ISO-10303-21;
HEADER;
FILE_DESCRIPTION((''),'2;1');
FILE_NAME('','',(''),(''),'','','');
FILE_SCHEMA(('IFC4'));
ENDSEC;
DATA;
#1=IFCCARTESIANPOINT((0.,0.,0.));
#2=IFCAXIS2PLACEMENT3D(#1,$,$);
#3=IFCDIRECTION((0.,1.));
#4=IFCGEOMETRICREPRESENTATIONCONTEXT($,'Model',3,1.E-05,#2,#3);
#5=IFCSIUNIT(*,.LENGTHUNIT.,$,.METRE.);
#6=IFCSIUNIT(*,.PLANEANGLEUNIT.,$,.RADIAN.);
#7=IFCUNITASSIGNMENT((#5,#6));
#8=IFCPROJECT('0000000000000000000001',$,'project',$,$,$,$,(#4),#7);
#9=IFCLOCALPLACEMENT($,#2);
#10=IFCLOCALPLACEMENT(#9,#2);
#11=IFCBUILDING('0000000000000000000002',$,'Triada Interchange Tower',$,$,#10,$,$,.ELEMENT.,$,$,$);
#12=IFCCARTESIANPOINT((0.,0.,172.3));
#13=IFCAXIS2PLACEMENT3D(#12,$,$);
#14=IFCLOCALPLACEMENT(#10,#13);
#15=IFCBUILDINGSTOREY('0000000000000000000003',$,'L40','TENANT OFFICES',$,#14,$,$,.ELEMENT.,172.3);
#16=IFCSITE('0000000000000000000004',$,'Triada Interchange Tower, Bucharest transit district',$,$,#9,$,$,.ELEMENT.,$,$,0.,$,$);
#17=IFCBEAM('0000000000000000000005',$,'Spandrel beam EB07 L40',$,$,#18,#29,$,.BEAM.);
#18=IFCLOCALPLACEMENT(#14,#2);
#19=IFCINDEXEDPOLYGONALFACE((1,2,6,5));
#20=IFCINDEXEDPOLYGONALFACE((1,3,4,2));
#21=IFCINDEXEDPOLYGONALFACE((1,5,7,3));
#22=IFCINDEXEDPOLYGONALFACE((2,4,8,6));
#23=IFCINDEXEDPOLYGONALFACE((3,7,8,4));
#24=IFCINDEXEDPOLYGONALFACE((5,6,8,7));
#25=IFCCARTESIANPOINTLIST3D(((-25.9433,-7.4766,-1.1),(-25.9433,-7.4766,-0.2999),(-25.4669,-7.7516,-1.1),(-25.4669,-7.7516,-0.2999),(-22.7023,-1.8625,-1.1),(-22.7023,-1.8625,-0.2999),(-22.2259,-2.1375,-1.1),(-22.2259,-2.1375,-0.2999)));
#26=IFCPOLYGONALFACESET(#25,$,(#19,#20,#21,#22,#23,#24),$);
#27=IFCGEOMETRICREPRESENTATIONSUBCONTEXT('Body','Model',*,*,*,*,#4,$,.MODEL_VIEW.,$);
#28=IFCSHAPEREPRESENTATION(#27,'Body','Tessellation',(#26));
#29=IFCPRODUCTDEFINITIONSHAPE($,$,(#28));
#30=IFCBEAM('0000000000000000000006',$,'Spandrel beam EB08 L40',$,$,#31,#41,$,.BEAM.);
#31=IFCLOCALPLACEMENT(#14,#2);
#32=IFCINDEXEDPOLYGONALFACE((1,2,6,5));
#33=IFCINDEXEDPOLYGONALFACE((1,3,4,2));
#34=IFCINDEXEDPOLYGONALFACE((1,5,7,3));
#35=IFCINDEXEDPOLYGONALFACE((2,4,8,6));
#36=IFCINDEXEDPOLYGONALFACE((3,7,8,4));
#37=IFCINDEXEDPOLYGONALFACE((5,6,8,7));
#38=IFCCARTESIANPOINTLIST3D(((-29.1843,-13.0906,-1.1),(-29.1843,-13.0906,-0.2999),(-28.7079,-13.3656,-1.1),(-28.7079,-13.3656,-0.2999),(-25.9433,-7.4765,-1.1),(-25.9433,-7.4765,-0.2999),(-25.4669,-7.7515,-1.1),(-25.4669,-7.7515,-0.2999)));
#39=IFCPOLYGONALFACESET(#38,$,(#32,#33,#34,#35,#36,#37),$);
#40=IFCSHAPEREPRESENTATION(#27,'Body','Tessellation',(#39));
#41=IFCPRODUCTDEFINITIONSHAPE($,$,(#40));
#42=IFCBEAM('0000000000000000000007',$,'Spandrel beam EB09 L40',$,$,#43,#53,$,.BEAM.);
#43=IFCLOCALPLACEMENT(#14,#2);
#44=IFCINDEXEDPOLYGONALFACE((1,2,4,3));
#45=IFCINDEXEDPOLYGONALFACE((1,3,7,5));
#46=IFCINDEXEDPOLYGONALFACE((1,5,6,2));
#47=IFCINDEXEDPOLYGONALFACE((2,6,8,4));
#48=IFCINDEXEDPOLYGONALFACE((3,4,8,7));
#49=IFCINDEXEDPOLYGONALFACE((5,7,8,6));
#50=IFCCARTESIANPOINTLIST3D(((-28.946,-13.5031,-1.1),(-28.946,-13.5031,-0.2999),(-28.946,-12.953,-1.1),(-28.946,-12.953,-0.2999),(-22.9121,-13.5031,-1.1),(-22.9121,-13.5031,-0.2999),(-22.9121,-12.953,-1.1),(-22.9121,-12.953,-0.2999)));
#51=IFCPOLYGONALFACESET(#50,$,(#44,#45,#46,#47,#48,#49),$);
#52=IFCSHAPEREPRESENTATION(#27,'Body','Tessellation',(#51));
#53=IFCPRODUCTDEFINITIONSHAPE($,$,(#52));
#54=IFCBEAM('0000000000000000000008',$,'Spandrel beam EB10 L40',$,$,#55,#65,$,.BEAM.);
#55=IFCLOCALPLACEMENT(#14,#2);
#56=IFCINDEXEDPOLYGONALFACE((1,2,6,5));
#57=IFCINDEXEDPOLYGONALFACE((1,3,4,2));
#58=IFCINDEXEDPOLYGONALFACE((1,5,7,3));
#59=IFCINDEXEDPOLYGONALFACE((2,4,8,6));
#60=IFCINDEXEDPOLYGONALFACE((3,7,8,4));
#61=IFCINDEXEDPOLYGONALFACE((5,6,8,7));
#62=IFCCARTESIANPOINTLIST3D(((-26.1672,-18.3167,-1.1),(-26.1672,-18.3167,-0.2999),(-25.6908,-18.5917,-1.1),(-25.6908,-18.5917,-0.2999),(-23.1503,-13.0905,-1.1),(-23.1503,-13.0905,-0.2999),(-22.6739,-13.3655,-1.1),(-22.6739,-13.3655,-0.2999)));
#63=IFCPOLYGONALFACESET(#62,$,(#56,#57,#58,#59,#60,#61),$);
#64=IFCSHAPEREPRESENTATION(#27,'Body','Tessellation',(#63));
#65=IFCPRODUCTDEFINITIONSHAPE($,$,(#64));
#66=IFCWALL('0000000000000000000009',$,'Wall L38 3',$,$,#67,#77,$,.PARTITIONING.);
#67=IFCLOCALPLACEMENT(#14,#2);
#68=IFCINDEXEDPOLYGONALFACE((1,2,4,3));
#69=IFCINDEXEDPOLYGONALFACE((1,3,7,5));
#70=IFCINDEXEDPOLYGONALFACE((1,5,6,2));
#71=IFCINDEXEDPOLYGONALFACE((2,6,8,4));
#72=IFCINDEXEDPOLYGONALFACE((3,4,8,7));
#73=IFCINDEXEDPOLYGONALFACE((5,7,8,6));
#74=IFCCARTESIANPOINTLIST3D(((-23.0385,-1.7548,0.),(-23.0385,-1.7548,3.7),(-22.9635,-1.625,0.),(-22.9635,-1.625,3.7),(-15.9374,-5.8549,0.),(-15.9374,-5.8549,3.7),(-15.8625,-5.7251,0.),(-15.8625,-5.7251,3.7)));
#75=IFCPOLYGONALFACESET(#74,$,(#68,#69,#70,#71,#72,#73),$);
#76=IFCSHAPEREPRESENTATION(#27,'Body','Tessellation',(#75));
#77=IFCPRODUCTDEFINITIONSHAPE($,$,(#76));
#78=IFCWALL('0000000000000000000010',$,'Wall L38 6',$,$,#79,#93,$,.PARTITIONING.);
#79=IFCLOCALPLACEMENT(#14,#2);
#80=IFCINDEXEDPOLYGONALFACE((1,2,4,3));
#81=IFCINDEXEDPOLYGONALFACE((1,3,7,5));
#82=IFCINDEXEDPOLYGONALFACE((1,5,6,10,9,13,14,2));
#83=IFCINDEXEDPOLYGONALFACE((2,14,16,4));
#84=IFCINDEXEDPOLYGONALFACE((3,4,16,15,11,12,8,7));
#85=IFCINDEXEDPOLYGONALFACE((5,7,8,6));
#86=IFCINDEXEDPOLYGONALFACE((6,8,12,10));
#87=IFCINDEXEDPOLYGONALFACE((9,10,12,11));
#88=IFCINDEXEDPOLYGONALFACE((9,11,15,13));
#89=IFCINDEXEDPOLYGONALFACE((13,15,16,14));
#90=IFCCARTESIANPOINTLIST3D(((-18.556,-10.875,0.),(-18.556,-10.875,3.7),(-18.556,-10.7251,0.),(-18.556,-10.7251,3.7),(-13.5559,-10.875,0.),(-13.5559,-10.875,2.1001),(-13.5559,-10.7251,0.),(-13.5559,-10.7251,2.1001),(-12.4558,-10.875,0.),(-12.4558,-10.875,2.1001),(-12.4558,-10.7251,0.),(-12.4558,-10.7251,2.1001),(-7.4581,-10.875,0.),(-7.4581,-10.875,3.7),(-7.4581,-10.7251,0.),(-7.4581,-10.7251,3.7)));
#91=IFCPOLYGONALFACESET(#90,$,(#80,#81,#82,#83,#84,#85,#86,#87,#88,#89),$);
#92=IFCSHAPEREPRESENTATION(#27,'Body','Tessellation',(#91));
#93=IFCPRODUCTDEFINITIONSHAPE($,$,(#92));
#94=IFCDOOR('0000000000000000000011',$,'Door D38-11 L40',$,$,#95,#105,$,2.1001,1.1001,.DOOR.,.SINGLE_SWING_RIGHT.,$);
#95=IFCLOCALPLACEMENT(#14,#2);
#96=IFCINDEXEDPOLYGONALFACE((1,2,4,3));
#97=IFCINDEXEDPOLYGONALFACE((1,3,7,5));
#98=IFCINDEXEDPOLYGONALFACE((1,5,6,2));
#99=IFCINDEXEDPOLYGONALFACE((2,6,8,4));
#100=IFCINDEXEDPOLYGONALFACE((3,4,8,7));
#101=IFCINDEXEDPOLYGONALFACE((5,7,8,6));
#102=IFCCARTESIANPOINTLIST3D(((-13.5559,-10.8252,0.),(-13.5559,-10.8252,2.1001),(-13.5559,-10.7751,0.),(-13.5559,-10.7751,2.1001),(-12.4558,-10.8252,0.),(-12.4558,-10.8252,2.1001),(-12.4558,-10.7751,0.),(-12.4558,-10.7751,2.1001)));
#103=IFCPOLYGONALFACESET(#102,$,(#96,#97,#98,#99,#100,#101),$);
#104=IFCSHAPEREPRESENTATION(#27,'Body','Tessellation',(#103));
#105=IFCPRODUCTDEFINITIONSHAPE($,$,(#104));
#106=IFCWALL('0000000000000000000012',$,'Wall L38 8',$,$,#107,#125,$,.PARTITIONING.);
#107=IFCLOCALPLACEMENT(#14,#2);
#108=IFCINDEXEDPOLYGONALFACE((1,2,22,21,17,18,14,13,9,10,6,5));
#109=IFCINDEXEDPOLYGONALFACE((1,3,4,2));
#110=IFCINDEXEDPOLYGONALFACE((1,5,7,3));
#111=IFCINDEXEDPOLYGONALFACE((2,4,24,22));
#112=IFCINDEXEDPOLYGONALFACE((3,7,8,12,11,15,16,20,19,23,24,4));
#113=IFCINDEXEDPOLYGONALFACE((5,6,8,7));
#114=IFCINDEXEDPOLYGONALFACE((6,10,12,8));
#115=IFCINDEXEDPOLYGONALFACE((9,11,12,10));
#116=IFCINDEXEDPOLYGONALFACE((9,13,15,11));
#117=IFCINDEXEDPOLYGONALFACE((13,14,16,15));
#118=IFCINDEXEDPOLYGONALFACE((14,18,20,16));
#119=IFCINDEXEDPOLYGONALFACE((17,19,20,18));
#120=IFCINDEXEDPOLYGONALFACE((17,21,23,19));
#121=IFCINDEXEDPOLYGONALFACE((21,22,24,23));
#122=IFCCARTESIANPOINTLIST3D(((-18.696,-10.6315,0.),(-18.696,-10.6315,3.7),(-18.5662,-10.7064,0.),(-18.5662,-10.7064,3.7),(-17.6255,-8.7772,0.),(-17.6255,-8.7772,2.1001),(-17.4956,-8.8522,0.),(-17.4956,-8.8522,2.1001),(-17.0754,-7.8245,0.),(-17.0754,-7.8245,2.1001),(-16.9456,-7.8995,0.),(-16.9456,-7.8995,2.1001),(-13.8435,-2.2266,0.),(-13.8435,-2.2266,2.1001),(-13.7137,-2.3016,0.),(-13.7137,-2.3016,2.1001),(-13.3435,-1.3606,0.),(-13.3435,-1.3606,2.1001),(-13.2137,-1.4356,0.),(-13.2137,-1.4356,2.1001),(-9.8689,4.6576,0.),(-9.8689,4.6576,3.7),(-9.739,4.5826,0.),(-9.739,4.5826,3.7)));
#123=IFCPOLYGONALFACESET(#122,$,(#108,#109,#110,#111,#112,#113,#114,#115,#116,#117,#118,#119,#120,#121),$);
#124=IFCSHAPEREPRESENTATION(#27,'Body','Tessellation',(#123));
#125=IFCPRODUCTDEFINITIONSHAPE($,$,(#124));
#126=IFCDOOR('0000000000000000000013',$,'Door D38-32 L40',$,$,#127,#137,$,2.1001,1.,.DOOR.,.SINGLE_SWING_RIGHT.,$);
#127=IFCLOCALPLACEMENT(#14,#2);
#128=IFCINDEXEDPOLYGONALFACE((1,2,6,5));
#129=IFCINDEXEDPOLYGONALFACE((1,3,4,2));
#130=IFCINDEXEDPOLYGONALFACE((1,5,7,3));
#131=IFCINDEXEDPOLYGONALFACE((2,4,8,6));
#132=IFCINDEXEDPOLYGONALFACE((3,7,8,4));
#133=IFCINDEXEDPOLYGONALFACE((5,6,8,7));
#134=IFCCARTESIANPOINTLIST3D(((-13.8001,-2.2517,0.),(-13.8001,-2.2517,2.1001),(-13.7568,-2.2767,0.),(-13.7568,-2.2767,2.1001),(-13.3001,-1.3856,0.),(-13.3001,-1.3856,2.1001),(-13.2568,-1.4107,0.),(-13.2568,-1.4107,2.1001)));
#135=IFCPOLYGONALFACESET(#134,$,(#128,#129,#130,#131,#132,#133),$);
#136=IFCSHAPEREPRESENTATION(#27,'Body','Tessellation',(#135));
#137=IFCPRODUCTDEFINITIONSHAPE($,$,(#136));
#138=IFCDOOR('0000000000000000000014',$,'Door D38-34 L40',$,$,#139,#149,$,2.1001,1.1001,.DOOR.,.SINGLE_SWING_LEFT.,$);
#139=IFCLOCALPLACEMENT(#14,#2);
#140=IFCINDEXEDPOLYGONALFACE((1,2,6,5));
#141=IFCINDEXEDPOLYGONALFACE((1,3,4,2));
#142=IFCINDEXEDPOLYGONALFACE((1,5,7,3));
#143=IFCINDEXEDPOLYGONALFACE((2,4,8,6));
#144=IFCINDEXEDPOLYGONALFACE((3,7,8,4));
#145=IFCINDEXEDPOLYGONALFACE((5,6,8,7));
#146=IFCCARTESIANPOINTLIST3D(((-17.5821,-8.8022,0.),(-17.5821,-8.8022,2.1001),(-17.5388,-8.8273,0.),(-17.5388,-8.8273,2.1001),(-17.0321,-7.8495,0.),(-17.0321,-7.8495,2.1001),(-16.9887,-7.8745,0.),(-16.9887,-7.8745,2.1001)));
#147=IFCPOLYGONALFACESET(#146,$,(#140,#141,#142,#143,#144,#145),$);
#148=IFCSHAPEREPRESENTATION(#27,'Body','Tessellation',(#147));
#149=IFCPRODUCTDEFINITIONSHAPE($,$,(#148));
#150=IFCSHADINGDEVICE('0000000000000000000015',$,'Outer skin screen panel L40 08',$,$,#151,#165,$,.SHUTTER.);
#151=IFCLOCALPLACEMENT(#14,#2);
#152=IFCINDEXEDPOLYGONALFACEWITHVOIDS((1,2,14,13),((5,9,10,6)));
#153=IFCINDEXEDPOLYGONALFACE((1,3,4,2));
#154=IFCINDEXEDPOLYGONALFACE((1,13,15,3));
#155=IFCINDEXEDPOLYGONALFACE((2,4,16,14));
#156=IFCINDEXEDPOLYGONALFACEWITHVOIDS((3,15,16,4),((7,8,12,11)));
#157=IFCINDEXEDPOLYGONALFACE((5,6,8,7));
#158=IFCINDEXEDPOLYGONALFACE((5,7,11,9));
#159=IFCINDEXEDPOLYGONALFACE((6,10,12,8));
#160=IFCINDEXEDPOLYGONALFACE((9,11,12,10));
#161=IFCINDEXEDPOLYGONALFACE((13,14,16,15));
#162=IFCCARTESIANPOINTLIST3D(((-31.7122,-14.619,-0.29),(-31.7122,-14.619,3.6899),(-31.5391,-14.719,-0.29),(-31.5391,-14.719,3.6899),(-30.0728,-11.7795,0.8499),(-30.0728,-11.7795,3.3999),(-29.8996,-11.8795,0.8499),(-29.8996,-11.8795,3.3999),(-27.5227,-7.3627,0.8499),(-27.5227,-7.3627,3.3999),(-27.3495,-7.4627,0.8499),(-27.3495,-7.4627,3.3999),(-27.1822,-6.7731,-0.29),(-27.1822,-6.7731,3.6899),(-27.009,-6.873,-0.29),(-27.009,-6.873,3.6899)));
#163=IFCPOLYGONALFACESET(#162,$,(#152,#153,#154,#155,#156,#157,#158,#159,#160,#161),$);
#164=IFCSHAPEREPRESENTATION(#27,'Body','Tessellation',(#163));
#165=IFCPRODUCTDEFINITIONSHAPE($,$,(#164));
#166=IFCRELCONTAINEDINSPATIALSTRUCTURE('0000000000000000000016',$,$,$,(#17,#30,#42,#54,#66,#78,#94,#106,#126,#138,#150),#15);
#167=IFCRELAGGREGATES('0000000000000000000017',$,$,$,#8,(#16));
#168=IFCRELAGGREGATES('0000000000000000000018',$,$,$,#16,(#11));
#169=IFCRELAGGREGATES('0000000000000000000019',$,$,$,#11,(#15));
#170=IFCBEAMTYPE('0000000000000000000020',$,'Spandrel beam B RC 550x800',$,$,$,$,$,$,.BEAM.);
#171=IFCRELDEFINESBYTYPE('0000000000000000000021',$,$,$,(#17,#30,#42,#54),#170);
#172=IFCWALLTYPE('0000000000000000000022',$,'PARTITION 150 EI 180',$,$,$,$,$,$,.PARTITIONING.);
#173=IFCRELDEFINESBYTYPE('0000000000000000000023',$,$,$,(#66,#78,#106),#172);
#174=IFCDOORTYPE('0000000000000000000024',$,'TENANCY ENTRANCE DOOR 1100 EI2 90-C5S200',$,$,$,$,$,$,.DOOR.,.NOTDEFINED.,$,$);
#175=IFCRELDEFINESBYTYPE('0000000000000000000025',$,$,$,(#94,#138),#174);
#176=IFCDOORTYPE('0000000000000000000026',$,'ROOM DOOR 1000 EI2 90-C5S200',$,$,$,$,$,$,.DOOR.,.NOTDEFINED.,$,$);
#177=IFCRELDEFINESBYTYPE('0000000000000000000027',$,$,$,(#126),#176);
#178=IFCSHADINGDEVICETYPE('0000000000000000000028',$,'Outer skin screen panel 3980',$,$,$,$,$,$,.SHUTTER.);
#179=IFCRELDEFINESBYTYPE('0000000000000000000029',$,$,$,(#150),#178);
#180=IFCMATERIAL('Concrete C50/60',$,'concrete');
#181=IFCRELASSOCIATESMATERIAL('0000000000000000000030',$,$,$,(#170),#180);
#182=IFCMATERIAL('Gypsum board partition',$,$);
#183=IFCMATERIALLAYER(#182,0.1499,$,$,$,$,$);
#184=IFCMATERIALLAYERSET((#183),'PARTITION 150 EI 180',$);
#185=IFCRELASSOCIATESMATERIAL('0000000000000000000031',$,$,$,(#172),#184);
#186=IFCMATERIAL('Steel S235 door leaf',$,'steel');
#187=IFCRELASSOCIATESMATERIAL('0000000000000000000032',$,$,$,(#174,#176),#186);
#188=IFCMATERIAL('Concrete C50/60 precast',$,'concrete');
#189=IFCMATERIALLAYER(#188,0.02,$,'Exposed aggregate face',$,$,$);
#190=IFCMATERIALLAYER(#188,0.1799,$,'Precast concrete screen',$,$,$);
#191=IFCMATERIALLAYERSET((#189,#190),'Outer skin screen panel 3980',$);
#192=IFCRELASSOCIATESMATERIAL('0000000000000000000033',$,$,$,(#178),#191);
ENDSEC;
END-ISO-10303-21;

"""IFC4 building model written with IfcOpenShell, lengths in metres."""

from ifc_helpers import new_model, si_unit, direction, frame, frame_2d, origin, origin_2d, place, context, subcontext, project, spatial, polyline, rectangle, outline, extrude, material, layer, layer_set, material_profile, profile_set, type_object, element, fill, save


model = new_model("IFC4")

# Units and contexts
model_context = context("Model", 3, precision=1e-05, world=origin(), true_north=direction((0.0, 1.0)))
body_context = subcontext(model_context, "Body", "Model", "MODEL_VIEW")
ifc_project = project(units=[si_unit("LENGTHUNIT", "METRE"), si_unit("PLANEANGLEUNIT", "RADIAN")], contexts=[model_context])

# Site, building, storey
site_placement = place(None, origin())
site = spatial("IfcSite", under=ifc_project, at=site_placement, Name="Triada Interchange Tower, Bucharest transit district", CompositionType="ELEMENT", RefElevation=0.0)
building_placement = place(site_placement, origin())
building = spatial("IfcBuilding", under=site, at=building_placement, Name="Triada Interchange Tower", CompositionType="ELEMENT")
storey_placement = place(building_placement, frame((0.0, 0.0, 172.3)))
storey = spatial("IfcBuildingStorey", under=building, at=storey_placement, Name="L40", Description="TENANT OFFICES", CompositionType="ELEMENT", Elevation=172.3)

# Beams
ifc_material_1 = material(Name="Concrete C50/60", Category="concrete")
ifc_material_profile_1 = material_profile(ifc_material_1, rectangle(XDim=0.55, YDim=0.8, at=origin_2d()), Name="RC 550x800")
ifc_profile_set_1 = profile_set([ifc_material_profile_1], Name="Concrete C50/60")
beam_type_1 = type_object("IfcBeamType", Name="Spandrel beam B RC 550x800", PredefinedType="BEAM", material=ifc_profile_set_1)
for number, where, z_axis, x_axis, name in (
    (1, (-22.4641, -2.0, -0.7), (-0.499967, -0.866044, 0.0), (0.866044, -0.499967, 0.0), "Spandrel beam EB07 L40"),
    (2, (-25.7051, -7.614, -0.7), (-0.499967, -0.866044, 0.0), (0.866044, -0.499967, 0.0), "Spandrel beam EB08 L40"),
):
    element("IfcBeam", number, at=place(storey_placement, frame(where, z_axis=z_axis, x_axis=x_axis)), inside=storey, type_object=beam_type_1, Name=name, PredefinedType="BEAM", context=body_context, shape_type="SweptSolid", body=[
        extrude(rectangle(XDim=0.55, YDim=0.8, at=origin_2d()), origin(), (0.0, 0.0, 1.0), 6.4824),
    ])
beam_1_placement = place(storey_placement, frame((-28.946, -13.228, -0.7), z_axis=(1.0, 0.0, 0.0), x_axis=(0.0, 1.0, 0.0)))
element("IfcBeam", 3, at=beam_1_placement, inside=storey, type_object=beam_type_1, Name="Spandrel beam EB09 L40", PredefinedType="BEAM", context=body_context, shape_type="SweptSolid", body=[
    extrude(rectangle(XDim=0.55, YDim=0.8, at=origin_2d()), origin(), (0.0, 0.0, 1.0), 6.0339),
])
beam_2_placement = place(storey_placement, frame((-22.9121, -13.228, -0.7), z_axis=(-0.499947, -0.866056, 0.0), x_axis=(0.866056, -0.499947, 0.0)))
element("IfcBeam", 4, at=beam_2_placement, inside=storey, type_object=beam_type_1, Name="Spandrel beam EB10 L40", PredefinedType="BEAM", context=body_context, shape_type="SweptSolid", body=[
    extrude(rectangle(XDim=0.55, YDim=0.8, at=origin_2d()), origin(), (0.0, 0.0, 1.0), 6.0344),
])

# Wall
ifc_material_2 = material(Name="Gypsum board partition")
ifc_layer_1 = layer(ifc_material_2, 0.1499)
ifc_layer_set_1 = layer_set([ifc_layer_1], Name="PARTITION 150 EI 180")
wall_type = type_object("IfcWallType", Name="PARTITION 150 EI 180", PredefinedType="PARTITIONING", material=ifc_layer_set_1)
wall_1_placement = place(storey_placement, frame((-23.001, -1.6899, 0.0), z_axis=(0.0, 0.0, 1.0), x_axis=(0.86601, -0.500027, 0.0)))
element("IfcWall", 5, at=wall_1_placement, inside=storey, type_object=wall_type, Name="Wall L38 3", PredefinedType="PARTITIONING", context=body_context, shape_type="SweptSolid", body=[
    extrude(rectangle(XDim=8.1997, YDim=0.1499, at=frame_2d((4.0999, 0.0))), origin(), (0.0, 0.0, 1.0), 3.7),
])

# Wall, opening, door
wall_2_placement = place(storey_placement, frame((-18.5559, -10.8, 0.0), z_axis=(0.0, 0.0, 1.0), x_axis=(1.0, 0.0, 0.0)))
wall_2 = element("IfcWall", 6, at=wall_2_placement, inside=storey, type_object=wall_type, Name="Wall L38 6", PredefinedType="PARTITIONING", context=body_context, shape_type="SweptSolid", body=[
    extrude(rectangle(XDim=11.0979, YDim=0.1499, at=frame_2d((5.5488, 0.0))), origin(), (0.0, 0.0, 1.0), 3.7),
])
opening_1_placement = place(wall_2_placement, frame((5.0, 0.0, 0.0)))
opening_1 = element("IfcOpeningElement", 7, at=opening_1_placement, cuts=wall_2, PredefinedType="OPENING", context=body_context, shape_type="SweptSolid", body=[
    extrude(rectangle(XDim=1.1001, YDim=2.1001, at=frame_2d((0.55, 1.05))), frame((0.0, 0.085, 0.0), z_axis=(0.0, -1.0, 0.0), x_axis=(1.0, 0.0, 0.0)), (0.0, 0.0, 1.0), 0.1699),
])
ifc_material_3 = material(Name="Steel S235 door leaf", Category="steel")
door_type_1 = type_object("IfcDoorType", Name="TENANCY ENTRANCE DOOR 1100 EI2 90-C5S200", OperationType="NOTDEFINED", PredefinedType="DOOR", material=ifc_material_3)
door_1_placement = place(opening_1_placement, origin())
door_1 = element("IfcDoor", 8, at=door_1_placement, inside=storey, type_object=door_type_1, Name="Door D38-11 L40", OperationType="SINGLE_SWING_RIGHT", OverallHeight=2.1001, OverallWidth=1.1001, PredefinedType="DOOR", context=body_context, shape_type="SweptSolid", body=[
    extrude(rectangle(XDim=1.1001, YDim=2.1001, at=frame_2d((0.55, 1.05))), frame((0.0, 0.0249, 0.0), z_axis=(0.0, -1.0, 0.0), x_axis=(1.0, 0.0, 0.0)), (0.0, 0.0, 1.0), 0.05),
])
fill(opening_1, door_1)

# Wall, openings, doors
wall_3_placement = place(storey_placement, frame((-18.6311, -10.6689, 0.0), z_axis=(0.0, 0.0, 1.0), x_axis=(0.5, 0.866025, 0.0)))
wall_3 = element("IfcWall", 9, at=wall_3_placement, inside=storey, type_object=wall_type, Name="Wall L38 8", PredefinedType="PARTITIONING", context=body_context, shape_type="SweptSolid", body=[
    extrude(rectangle(XDim=17.6543, YDim=0.1499, at=frame_2d((8.8271, 0.0))), origin(), (0.0, 0.0, 1.0), 3.7),
])
opening_2_placement = place(wall_3_placement, frame((9.7051, 0.0, 0.0)))
opening_2 = element("IfcOpeningElement", 10, at=opening_2_placement, cuts=wall_3, PredefinedType="OPENING", context=body_context, shape_type="SweptSolid", body=[
    extrude(rectangle(XDim=1.0, YDim=2.1001, at=frame_2d((0.5, 1.05))), frame((0.0, 0.085, 0.0), z_axis=(0.0, -1.0, 0.0), x_axis=(1.0, 0.0, 0.0)), (0.0, 0.0, 1.0), 0.1699),
])
opening_3_placement = place(wall_3_placement, frame((2.1411, 0.0, 0.0)))
opening_3 = element("IfcOpeningElement", 11, at=opening_3_placement, cuts=wall_3, PredefinedType="OPENING", context=body_context, shape_type="SweptSolid", body=[
    extrude(rectangle(XDim=1.1001, YDim=2.1001, at=frame_2d((0.55, 1.05))), frame((0.0, 0.085, 0.0), z_axis=(0.0, -1.0, 0.0), x_axis=(1.0, 0.0, 0.0)), (0.0, 0.0, 1.0), 0.1699),
])
door_type_2 = type_object("IfcDoorType", Name="ROOM DOOR 1000 EI2 90-C5S200", OperationType="NOTDEFINED", PredefinedType="DOOR", material=ifc_material_3)
door_2_placement = place(opening_2_placement, origin())
door_2 = element("IfcDoor", 12, at=door_2_placement, inside=storey, type_object=door_type_2, Name="Door D38-32 L40", OperationType="SINGLE_SWING_RIGHT", OverallHeight=2.1001, OverallWidth=1.0, PredefinedType="DOOR", context=body_context, shape_type="SweptSolid", body=[
    extrude(rectangle(XDim=1.0, YDim=2.1001, at=frame_2d((0.5, 1.05))), frame((0.0, 0.0249, 0.0), z_axis=(0.0, -1.0, 0.0), x_axis=(1.0, 0.0, 0.0)), (0.0, 0.0, 1.0), 0.05),
])
fill(opening_2, door_2)
door_3_placement = place(opening_3_placement, origin())
door_3 = element("IfcDoor", 13, at=door_3_placement, inside=storey, type_object=door_type_1, Name="Door D38-34 L40", OperationType="SINGLE_SWING_LEFT", OverallHeight=2.1001, OverallWidth=1.1001, PredefinedType="DOOR", context=body_context, shape_type="SweptSolid", body=[
    extrude(rectangle(XDim=1.1001, YDim=2.1001, at=frame_2d((0.55, 1.05))), frame((0.0, 0.0249, 0.0), z_axis=(0.0, -1.0, 0.0), x_axis=(1.0, 0.0, 0.0)), (0.0, 0.0, 1.0), 0.05),
])
fill(opening_3, door_3)

# Shading device
ifc_material_4 = material(Name="Concrete C50/60 precast", Category="concrete")
ifc_layer_2 = layer(ifc_material_4, 0.02, Name="Exposed aggregate face")
ifc_layer_3 = layer(ifc_material_4, 0.1799, Name="Precast concrete screen")
ifc_layer_set_2 = layer_set([ifc_layer_2, ifc_layer_3], Name="Outer skin screen panel 3980")
shading_device_type = type_object("IfcShadingDeviceType", Name="Outer skin screen panel 3980", PredefinedType="SHUTTER", material=ifc_layer_set_2)
shading_device_placement = place(storey_placement, frame((-27.009, -6.873, -0.29), z_axis=(0.0, 0.0, 1.0), x_axis=(-0.500014, -0.866017, 0.0)))
element("IfcShadingDevice", 14, at=shading_device_placement, inside=storey, type_object=shading_device_type, Name="Outer skin screen panel L40 08", PredefinedType="SHUTTER", context=body_context, shape_type="SweptSolid", body=[
    extrude(outline(polyline([(0.0, 0.0), (9.0598, 0.0), (9.0598, 3.98), (0.0, 3.98), (0.0, 0.0)]), holes=[polyline([(0.6809, 1.1399), (0.6809, 3.6899), (5.781, 3.6899), (5.781, 1.1399), (0.6809, 1.1399)])]), frame((0.0, 0.0, 0.0), z_axis=(0.0, -1.0, 0.0), x_axis=(1.0, 0.0, 0.0)), (0.0, 0.0, 1.0), 0.2),
])

save(model, "model.ifc")
